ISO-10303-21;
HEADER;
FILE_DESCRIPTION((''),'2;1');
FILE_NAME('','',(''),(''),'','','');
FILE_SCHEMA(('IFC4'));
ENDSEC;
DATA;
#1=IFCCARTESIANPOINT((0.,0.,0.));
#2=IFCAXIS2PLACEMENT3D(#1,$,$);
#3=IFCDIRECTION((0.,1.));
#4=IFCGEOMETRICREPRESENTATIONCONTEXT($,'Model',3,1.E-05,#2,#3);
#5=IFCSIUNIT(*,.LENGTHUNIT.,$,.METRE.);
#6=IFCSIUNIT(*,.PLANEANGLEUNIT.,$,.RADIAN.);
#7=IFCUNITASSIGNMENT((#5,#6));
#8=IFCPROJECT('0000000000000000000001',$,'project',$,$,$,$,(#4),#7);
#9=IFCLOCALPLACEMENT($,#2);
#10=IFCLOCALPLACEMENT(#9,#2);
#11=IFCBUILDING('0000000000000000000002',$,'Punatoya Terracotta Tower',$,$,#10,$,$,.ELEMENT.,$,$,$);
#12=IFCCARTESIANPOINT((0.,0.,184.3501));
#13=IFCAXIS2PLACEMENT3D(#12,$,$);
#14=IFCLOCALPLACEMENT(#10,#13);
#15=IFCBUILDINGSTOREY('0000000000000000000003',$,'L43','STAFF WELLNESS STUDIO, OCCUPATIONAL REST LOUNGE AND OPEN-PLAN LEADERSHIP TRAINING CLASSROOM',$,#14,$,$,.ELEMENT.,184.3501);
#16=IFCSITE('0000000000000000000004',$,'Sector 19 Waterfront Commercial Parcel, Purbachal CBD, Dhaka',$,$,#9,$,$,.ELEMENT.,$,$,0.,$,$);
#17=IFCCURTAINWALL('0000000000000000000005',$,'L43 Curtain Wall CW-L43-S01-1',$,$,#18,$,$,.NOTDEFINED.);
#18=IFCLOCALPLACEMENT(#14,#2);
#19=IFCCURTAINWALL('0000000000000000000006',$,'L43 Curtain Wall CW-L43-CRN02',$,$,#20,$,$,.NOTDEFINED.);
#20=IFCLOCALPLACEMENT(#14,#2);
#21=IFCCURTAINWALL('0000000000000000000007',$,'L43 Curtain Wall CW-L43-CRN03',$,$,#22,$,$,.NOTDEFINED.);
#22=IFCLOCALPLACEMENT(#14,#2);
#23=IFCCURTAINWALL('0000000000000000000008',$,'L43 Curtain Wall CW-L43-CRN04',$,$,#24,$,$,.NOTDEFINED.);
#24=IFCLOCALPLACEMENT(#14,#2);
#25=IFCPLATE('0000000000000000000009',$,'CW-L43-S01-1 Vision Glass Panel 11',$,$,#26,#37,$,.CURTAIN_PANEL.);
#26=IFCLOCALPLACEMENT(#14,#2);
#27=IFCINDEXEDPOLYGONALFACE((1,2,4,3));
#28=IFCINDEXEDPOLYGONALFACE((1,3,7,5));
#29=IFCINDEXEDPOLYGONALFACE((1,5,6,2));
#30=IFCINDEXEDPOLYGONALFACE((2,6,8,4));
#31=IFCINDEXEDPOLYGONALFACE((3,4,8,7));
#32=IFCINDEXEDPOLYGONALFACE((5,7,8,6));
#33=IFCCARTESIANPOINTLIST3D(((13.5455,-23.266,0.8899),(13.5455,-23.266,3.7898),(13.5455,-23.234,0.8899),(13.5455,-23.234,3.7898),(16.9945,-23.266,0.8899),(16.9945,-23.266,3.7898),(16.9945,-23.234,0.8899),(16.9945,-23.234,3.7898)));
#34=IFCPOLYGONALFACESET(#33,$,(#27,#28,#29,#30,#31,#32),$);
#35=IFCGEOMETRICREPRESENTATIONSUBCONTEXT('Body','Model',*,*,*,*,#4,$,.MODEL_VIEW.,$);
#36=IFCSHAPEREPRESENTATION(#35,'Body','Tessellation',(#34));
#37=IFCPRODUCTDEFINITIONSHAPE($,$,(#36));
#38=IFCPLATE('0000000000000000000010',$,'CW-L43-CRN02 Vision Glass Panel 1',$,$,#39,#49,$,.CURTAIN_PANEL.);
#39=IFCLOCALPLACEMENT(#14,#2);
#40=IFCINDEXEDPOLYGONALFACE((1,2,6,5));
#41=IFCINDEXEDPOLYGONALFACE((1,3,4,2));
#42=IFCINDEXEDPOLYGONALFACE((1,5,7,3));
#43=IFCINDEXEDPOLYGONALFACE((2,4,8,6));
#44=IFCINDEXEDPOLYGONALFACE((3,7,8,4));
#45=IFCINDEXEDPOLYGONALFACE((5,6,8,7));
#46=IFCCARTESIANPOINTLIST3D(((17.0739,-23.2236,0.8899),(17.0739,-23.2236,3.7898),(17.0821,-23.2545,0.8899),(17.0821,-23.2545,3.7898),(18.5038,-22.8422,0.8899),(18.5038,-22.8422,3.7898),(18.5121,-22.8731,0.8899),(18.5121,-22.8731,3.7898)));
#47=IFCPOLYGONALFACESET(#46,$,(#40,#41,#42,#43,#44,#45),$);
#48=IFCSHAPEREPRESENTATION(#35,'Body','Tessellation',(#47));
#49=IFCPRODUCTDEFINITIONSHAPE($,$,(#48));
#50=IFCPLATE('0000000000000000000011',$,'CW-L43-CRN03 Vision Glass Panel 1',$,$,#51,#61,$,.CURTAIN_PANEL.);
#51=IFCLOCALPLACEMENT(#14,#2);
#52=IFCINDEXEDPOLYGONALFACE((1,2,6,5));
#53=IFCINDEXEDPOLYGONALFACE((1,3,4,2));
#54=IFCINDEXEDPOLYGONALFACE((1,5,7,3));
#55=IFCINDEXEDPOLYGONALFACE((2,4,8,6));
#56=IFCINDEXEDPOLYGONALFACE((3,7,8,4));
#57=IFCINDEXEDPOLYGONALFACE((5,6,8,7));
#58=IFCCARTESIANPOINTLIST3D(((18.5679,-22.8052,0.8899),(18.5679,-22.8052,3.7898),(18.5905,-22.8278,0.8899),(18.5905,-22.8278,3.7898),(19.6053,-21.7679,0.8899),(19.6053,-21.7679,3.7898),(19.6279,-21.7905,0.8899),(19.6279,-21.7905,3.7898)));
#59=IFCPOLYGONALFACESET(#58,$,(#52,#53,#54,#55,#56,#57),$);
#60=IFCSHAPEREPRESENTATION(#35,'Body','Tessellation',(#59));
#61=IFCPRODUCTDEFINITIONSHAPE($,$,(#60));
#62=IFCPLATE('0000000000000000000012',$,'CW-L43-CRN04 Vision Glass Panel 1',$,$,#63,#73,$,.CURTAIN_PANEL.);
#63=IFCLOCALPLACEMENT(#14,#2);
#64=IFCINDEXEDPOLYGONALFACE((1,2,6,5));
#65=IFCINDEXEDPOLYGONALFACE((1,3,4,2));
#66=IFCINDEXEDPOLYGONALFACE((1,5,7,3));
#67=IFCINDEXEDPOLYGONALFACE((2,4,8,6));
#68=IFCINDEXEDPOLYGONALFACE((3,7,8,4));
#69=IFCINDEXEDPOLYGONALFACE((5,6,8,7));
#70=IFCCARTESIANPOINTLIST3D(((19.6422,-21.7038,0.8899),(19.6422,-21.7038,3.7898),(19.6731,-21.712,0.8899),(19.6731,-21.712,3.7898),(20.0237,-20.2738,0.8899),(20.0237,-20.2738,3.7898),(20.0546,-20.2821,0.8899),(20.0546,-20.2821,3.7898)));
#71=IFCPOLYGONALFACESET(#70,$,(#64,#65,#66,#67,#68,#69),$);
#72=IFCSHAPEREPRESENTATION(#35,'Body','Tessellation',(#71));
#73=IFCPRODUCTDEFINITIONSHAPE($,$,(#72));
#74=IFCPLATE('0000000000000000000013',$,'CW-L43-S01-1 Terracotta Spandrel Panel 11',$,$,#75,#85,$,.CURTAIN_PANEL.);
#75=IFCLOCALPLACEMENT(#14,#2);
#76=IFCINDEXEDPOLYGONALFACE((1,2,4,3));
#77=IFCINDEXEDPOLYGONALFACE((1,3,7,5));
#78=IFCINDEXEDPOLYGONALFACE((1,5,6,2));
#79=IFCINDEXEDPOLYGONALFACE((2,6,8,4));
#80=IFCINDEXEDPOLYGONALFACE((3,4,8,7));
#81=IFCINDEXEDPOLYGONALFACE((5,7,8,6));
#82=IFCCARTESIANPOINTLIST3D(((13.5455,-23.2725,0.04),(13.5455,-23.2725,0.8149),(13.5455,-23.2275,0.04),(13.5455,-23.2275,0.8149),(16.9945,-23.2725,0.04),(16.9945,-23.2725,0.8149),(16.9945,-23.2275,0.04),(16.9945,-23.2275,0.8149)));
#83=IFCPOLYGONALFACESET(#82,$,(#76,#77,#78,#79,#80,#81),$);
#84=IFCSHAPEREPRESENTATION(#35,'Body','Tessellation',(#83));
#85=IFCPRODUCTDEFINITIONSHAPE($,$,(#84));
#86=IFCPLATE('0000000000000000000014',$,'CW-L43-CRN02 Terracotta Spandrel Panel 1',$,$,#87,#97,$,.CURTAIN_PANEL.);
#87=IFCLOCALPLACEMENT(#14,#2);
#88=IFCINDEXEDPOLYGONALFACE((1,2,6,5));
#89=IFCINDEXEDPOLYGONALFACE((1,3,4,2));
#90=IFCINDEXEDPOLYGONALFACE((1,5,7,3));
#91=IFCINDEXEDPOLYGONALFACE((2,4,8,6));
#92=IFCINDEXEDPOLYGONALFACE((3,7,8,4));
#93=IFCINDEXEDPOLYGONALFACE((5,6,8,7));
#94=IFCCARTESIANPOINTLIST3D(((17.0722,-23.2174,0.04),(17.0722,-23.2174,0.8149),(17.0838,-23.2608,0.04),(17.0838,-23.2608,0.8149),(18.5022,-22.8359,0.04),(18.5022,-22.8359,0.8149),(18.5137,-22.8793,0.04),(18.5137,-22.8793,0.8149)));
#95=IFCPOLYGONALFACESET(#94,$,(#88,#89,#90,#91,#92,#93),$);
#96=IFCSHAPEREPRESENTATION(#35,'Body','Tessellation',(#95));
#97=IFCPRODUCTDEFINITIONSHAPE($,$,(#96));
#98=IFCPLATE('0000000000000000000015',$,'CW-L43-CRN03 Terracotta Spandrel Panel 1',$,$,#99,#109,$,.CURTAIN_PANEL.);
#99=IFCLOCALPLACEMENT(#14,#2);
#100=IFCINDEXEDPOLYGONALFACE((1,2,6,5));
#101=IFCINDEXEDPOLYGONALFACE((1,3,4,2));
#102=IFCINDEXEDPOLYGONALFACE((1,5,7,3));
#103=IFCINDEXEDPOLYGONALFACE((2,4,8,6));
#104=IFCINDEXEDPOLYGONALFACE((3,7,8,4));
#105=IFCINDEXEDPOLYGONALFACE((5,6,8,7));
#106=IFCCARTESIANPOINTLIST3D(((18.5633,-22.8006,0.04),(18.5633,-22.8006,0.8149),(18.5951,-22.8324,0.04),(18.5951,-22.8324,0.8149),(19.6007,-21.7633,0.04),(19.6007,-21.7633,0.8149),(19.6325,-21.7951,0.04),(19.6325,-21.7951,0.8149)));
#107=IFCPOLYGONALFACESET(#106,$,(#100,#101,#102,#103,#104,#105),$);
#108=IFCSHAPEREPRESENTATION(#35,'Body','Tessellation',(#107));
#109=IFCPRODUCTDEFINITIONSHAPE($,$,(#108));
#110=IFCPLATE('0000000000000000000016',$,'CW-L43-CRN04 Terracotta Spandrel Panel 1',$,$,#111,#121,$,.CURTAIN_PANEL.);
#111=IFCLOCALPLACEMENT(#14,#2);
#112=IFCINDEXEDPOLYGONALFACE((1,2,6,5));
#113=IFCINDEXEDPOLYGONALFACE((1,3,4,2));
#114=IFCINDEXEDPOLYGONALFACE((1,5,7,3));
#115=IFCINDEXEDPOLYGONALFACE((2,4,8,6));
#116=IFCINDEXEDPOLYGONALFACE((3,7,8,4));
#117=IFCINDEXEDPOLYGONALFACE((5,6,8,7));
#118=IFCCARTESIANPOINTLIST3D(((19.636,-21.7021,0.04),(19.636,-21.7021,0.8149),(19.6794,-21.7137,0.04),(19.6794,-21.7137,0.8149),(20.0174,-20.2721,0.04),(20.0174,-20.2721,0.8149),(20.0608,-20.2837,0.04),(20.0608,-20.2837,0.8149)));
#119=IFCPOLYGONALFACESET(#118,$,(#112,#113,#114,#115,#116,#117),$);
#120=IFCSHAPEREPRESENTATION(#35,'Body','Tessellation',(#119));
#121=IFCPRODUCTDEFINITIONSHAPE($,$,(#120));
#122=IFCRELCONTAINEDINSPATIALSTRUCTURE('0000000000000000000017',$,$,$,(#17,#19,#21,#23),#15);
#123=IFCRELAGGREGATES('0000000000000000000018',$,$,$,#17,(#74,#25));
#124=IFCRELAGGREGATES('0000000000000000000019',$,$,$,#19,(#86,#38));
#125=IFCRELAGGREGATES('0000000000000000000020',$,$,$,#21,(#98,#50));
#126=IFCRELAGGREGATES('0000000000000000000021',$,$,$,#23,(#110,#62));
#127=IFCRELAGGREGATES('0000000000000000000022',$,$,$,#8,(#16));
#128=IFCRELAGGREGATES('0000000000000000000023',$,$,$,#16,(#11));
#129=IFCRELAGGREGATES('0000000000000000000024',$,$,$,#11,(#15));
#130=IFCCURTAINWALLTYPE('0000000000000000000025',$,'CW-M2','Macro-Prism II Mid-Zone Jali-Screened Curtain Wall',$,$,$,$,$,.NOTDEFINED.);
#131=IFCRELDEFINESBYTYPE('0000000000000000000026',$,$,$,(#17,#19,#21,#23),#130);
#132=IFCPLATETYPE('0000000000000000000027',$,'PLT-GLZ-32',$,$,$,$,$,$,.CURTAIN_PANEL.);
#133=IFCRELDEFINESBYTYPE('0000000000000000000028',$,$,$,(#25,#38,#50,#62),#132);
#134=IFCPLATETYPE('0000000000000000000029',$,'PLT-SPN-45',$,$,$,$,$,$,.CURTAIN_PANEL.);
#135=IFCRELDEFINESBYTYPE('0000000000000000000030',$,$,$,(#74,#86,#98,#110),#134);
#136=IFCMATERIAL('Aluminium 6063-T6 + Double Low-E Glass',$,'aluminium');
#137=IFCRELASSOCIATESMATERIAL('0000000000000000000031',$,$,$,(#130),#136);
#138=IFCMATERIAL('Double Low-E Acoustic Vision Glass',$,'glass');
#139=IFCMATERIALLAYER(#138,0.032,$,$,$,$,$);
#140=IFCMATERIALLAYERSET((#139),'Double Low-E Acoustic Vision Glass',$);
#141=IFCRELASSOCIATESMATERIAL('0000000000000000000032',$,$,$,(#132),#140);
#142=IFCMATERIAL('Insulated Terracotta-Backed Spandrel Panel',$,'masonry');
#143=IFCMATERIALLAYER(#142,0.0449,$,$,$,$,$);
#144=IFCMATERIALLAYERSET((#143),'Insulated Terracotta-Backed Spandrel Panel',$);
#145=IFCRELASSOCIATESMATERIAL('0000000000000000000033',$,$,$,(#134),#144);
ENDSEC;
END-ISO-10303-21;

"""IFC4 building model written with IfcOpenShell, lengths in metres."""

from ifc_helpers import new_model, si_unit, direction, frame, origin, origin_2d, place, context, subcontext, project, spatial, rectangle, extrude, material, layer, layer_set, type_object, element, aggregate, save


model = new_model("IFC4")

# Units and contexts
model_context = context("Model", 3, precision=1e-05, world=origin(), true_north=direction((0.0, 1.0)))
body_context = subcontext(model_context, "Body", "Model", "MODEL_VIEW")
ifc_project = project(units=[si_unit("LENGTHUNIT", "METRE"), si_unit("PLANEANGLEUNIT", "RADIAN")], contexts=[model_context])

# Site, building, storey
site_placement = place(None, origin())
site = spatial("IfcSite", under=ifc_project, at=site_placement, Name="Sector 19 Waterfront Commercial Parcel, Purbachal CBD, Dhaka", CompositionType="ELEMENT", RefElevation=0.0)
building_placement = place(site_placement, origin())
building = spatial("IfcBuilding", under=site, at=building_placement, Name="Punatoya Terracotta Tower", CompositionType="ELEMENT")
storey_placement = place(building_placement, frame((0.0, 0.0, 184.3501)))
storey = spatial("IfcBuildingStorey", under=building, at=storey_placement, Name="L43", Description="STAFF WELLNESS STUDIO, OCCUPATIONAL REST LOUNGE AND OPEN-PLAN LEADERSHIP TRAINING CLASSROOM", CompositionType="ELEMENT", Elevation=184.3501)

# Curtain walls
ifc_material_1 = material(Name="Aluminium 6063-T6 + Double Low-E Glass", Category="aluminium")
curtain_wall_type = type_object("IfcCurtainWallType", Name="CW-M2", Description="Macro-Prism II Mid-Zone Jali-Screened Curtain Wall", PredefinedType="NOTDEFINED", material=ifc_material_1)
curtain_wall_1_placement = place(storey_placement, origin())
curtain_wall_1 = element("IfcCurtainWall", 1, at=curtain_wall_1_placement, inside=storey, type_object=curtain_wall_type, Name="L43 Curtain Wall CW-L43-S01-1", PredefinedType="NOTDEFINED")
curtain_wall_2_placement = place(storey_placement, origin())
curtain_wall_2 = element("IfcCurtainWall", 2, at=curtain_wall_2_placement, inside=storey, type_object=curtain_wall_type, Name="L43 Curtain Wall CW-L43-CRN02", PredefinedType="NOTDEFINED")
curtain_wall_3_placement = place(storey_placement, origin())
curtain_wall_3 = element("IfcCurtainWall", 3, at=curtain_wall_3_placement, inside=storey, type_object=curtain_wall_type, Name="L43 Curtain Wall CW-L43-CRN03", PredefinedType="NOTDEFINED")

# Curtain wall
curtain_wall_4_placement = place(storey_placement, origin())
curtain_wall_4 = element("IfcCurtainWall", 4, at=curtain_wall_4_placement, inside=storey, type_object=curtain_wall_type, Name="L43 Curtain Wall CW-L43-CRN04", PredefinedType="NOTDEFINED")

# Plates
ifc_material_2 = material(Name="Double Low-E Acoustic Vision Glass", Category="glass")
ifc_layer_1 = layer(ifc_material_2, 0.032)
ifc_layer_set_1 = layer_set([ifc_layer_1], Name="Double Low-E Acoustic Vision Glass")
plate_type_1 = type_object("IfcPlateType", Name="PLT-GLZ-32", PredefinedType="CURTAIN_PANEL", material=ifc_layer_set_1)
plate_1_placement = place(storey_placement, frame((15.27, -23.25, 0.8899), z_axis=(0.0, 0.0, 1.0), x_axis=(1.0, 0.0, 0.0)))
plate_1 = element("IfcPlate", 5, at=plate_1_placement, type_object=plate_type_1, Name="CW-L43-S01-1 Vision Glass Panel 11", PredefinedType="CURTAIN_PANEL", context=body_context, shape_type="SweptSolid", body=[
    extrude(rectangle(XDim=3.449, YDim=0.032, at=origin_2d()), origin(), (0.0, 0.0, 1.0), 2.8999),
])
plate_2_placement = place(storey_placement, frame((17.793, -23.0483, 0.8899), z_axis=(0.0, 0.0, 1.0), x_axis=(0.966214, 0.257742, 0.0)))
plate_2 = element("IfcPlate", 6, at=plate_2_placement, type_object=plate_type_1, Name="CW-L43-CRN02 Vision Glass Panel 1", PredefinedType="CURTAIN_PANEL", context=body_context, shape_type="SweptSolid", body=[
    extrude(rectangle(XDim=1.48, YDim=0.032, at=origin_2d()), origin(), (0.0, 0.0, 1.0), 2.8999),
])
plate_3_placement = place(storey_placement, frame((19.0979, -22.2979, 0.8899), z_axis=(0.0, 0.0, 1.0), x_axis=(0.707107, 0.707107, 0.0)))
plate_3 = element("IfcPlate", 7, at=plate_3_placement, type_object=plate_type_1, Name="CW-L43-CRN03 Vision Glass Panel 1", PredefinedType="CURTAIN_PANEL", context=body_context, shape_type="SweptSolid", body=[
    extrude(rectangle(XDim=1.467, YDim=0.032, at=origin_2d()), origin(), (0.0, 0.0, 1.0), 2.8999),
])
plate_4_placement = place(storey_placement, frame((19.8484, -20.9929, 0.8899), z_axis=(0.0, 0.0, 1.0), x_axis=(0.257742, 0.966214, 0.0)))
plate_4 = element("IfcPlate", 8, at=plate_4_placement, type_object=plate_type_1, Name="CW-L43-CRN04 Vision Glass Panel 1", PredefinedType="CURTAIN_PANEL", context=body_context, shape_type="SweptSolid", body=[
    extrude(rectangle(XDim=1.48, YDim=0.032, at=origin_2d()), origin(), (0.0, 0.0, 1.0), 2.8999),
])
ifc_material_3 = material(Name="Insulated Terracotta-Backed Spandrel Panel", Category="masonry")
ifc_layer_2 = layer(ifc_material_3, 0.0449)
ifc_layer_set_2 = layer_set([ifc_layer_2], Name="Insulated Terracotta-Backed Spandrel Panel")
plate_type_2 = type_object("IfcPlateType", Name="PLT-SPN-45", PredefinedType="CURTAIN_PANEL", material=ifc_layer_set_2)
plate_5_placement = place(storey_placement, frame((15.27, -23.25, 0.04), z_axis=(0.0, 0.0, 1.0), x_axis=(1.0, 0.0, 0.0)))
plate_5 = element("IfcPlate", 9, at=plate_5_placement, type_object=plate_type_2, Name="CW-L43-S01-1 Terracotta Spandrel Panel 11", PredefinedType="CURTAIN_PANEL", context=body_context, shape_type="SweptSolid", body=[
    extrude(rectangle(XDim=3.449, YDim=0.0449, at=origin_2d()), origin(), (0.0, 0.0, 1.0), 0.7749),
])
aggregate(curtain_wall_1, [plate_5, plate_1])
plate_6_placement = place(storey_placement, frame((17.793, -23.0483, 0.04), z_axis=(0.0, 0.0, 1.0), x_axis=(0.966214, 0.257742, 0.0)))
plate_6 = element("IfcPlate", 10, at=plate_6_placement, type_object=plate_type_2, Name="CW-L43-CRN02 Terracotta Spandrel Panel 1", PredefinedType="CURTAIN_PANEL", context=body_context, shape_type="SweptSolid", body=[
    extrude(rectangle(XDim=1.48, YDim=0.0449, at=origin_2d()), origin(), (0.0, 0.0, 1.0), 0.7749),
])
aggregate(curtain_wall_2, [plate_6, plate_2])
plate_7_placement = place(storey_placement, frame((19.0979, -22.2979, 0.04), z_axis=(0.0, 0.0, 1.0), x_axis=(0.707107, 0.707107, 0.0)))
plate_7 = element("IfcPlate", 11, at=plate_7_placement, type_object=plate_type_2, Name="CW-L43-CRN03 Terracotta Spandrel Panel 1", PredefinedType="CURTAIN_PANEL", context=body_context, shape_type="SweptSolid", body=[
    extrude(rectangle(XDim=1.467, YDim=0.0449, at=origin_2d()), origin(), (0.0, 0.0, 1.0), 0.7749),
])
aggregate(curtain_wall_3, [plate_7, plate_3])
plate_8_placement = place(storey_placement, frame((19.8484, -20.9929, 0.04), z_axis=(0.0, 0.0, 1.0), x_axis=(0.257742, 0.966214, 0.0)))
plate_8 = element("IfcPlate", 12, at=plate_8_placement, type_object=plate_type_2, Name="CW-L43-CRN04 Terracotta Spandrel Panel 1", PredefinedType="CURTAIN_PANEL", context=body_context, shape_type="SweptSolid", body=[
    extrude(rectangle(XDim=1.48, YDim=0.0449, at=origin_2d()), origin(), (0.0, 0.0, 1.0), 0.7749),
])
aggregate(curtain_wall_4, [plate_8, plate_4])

save(model, "model.ifc")
